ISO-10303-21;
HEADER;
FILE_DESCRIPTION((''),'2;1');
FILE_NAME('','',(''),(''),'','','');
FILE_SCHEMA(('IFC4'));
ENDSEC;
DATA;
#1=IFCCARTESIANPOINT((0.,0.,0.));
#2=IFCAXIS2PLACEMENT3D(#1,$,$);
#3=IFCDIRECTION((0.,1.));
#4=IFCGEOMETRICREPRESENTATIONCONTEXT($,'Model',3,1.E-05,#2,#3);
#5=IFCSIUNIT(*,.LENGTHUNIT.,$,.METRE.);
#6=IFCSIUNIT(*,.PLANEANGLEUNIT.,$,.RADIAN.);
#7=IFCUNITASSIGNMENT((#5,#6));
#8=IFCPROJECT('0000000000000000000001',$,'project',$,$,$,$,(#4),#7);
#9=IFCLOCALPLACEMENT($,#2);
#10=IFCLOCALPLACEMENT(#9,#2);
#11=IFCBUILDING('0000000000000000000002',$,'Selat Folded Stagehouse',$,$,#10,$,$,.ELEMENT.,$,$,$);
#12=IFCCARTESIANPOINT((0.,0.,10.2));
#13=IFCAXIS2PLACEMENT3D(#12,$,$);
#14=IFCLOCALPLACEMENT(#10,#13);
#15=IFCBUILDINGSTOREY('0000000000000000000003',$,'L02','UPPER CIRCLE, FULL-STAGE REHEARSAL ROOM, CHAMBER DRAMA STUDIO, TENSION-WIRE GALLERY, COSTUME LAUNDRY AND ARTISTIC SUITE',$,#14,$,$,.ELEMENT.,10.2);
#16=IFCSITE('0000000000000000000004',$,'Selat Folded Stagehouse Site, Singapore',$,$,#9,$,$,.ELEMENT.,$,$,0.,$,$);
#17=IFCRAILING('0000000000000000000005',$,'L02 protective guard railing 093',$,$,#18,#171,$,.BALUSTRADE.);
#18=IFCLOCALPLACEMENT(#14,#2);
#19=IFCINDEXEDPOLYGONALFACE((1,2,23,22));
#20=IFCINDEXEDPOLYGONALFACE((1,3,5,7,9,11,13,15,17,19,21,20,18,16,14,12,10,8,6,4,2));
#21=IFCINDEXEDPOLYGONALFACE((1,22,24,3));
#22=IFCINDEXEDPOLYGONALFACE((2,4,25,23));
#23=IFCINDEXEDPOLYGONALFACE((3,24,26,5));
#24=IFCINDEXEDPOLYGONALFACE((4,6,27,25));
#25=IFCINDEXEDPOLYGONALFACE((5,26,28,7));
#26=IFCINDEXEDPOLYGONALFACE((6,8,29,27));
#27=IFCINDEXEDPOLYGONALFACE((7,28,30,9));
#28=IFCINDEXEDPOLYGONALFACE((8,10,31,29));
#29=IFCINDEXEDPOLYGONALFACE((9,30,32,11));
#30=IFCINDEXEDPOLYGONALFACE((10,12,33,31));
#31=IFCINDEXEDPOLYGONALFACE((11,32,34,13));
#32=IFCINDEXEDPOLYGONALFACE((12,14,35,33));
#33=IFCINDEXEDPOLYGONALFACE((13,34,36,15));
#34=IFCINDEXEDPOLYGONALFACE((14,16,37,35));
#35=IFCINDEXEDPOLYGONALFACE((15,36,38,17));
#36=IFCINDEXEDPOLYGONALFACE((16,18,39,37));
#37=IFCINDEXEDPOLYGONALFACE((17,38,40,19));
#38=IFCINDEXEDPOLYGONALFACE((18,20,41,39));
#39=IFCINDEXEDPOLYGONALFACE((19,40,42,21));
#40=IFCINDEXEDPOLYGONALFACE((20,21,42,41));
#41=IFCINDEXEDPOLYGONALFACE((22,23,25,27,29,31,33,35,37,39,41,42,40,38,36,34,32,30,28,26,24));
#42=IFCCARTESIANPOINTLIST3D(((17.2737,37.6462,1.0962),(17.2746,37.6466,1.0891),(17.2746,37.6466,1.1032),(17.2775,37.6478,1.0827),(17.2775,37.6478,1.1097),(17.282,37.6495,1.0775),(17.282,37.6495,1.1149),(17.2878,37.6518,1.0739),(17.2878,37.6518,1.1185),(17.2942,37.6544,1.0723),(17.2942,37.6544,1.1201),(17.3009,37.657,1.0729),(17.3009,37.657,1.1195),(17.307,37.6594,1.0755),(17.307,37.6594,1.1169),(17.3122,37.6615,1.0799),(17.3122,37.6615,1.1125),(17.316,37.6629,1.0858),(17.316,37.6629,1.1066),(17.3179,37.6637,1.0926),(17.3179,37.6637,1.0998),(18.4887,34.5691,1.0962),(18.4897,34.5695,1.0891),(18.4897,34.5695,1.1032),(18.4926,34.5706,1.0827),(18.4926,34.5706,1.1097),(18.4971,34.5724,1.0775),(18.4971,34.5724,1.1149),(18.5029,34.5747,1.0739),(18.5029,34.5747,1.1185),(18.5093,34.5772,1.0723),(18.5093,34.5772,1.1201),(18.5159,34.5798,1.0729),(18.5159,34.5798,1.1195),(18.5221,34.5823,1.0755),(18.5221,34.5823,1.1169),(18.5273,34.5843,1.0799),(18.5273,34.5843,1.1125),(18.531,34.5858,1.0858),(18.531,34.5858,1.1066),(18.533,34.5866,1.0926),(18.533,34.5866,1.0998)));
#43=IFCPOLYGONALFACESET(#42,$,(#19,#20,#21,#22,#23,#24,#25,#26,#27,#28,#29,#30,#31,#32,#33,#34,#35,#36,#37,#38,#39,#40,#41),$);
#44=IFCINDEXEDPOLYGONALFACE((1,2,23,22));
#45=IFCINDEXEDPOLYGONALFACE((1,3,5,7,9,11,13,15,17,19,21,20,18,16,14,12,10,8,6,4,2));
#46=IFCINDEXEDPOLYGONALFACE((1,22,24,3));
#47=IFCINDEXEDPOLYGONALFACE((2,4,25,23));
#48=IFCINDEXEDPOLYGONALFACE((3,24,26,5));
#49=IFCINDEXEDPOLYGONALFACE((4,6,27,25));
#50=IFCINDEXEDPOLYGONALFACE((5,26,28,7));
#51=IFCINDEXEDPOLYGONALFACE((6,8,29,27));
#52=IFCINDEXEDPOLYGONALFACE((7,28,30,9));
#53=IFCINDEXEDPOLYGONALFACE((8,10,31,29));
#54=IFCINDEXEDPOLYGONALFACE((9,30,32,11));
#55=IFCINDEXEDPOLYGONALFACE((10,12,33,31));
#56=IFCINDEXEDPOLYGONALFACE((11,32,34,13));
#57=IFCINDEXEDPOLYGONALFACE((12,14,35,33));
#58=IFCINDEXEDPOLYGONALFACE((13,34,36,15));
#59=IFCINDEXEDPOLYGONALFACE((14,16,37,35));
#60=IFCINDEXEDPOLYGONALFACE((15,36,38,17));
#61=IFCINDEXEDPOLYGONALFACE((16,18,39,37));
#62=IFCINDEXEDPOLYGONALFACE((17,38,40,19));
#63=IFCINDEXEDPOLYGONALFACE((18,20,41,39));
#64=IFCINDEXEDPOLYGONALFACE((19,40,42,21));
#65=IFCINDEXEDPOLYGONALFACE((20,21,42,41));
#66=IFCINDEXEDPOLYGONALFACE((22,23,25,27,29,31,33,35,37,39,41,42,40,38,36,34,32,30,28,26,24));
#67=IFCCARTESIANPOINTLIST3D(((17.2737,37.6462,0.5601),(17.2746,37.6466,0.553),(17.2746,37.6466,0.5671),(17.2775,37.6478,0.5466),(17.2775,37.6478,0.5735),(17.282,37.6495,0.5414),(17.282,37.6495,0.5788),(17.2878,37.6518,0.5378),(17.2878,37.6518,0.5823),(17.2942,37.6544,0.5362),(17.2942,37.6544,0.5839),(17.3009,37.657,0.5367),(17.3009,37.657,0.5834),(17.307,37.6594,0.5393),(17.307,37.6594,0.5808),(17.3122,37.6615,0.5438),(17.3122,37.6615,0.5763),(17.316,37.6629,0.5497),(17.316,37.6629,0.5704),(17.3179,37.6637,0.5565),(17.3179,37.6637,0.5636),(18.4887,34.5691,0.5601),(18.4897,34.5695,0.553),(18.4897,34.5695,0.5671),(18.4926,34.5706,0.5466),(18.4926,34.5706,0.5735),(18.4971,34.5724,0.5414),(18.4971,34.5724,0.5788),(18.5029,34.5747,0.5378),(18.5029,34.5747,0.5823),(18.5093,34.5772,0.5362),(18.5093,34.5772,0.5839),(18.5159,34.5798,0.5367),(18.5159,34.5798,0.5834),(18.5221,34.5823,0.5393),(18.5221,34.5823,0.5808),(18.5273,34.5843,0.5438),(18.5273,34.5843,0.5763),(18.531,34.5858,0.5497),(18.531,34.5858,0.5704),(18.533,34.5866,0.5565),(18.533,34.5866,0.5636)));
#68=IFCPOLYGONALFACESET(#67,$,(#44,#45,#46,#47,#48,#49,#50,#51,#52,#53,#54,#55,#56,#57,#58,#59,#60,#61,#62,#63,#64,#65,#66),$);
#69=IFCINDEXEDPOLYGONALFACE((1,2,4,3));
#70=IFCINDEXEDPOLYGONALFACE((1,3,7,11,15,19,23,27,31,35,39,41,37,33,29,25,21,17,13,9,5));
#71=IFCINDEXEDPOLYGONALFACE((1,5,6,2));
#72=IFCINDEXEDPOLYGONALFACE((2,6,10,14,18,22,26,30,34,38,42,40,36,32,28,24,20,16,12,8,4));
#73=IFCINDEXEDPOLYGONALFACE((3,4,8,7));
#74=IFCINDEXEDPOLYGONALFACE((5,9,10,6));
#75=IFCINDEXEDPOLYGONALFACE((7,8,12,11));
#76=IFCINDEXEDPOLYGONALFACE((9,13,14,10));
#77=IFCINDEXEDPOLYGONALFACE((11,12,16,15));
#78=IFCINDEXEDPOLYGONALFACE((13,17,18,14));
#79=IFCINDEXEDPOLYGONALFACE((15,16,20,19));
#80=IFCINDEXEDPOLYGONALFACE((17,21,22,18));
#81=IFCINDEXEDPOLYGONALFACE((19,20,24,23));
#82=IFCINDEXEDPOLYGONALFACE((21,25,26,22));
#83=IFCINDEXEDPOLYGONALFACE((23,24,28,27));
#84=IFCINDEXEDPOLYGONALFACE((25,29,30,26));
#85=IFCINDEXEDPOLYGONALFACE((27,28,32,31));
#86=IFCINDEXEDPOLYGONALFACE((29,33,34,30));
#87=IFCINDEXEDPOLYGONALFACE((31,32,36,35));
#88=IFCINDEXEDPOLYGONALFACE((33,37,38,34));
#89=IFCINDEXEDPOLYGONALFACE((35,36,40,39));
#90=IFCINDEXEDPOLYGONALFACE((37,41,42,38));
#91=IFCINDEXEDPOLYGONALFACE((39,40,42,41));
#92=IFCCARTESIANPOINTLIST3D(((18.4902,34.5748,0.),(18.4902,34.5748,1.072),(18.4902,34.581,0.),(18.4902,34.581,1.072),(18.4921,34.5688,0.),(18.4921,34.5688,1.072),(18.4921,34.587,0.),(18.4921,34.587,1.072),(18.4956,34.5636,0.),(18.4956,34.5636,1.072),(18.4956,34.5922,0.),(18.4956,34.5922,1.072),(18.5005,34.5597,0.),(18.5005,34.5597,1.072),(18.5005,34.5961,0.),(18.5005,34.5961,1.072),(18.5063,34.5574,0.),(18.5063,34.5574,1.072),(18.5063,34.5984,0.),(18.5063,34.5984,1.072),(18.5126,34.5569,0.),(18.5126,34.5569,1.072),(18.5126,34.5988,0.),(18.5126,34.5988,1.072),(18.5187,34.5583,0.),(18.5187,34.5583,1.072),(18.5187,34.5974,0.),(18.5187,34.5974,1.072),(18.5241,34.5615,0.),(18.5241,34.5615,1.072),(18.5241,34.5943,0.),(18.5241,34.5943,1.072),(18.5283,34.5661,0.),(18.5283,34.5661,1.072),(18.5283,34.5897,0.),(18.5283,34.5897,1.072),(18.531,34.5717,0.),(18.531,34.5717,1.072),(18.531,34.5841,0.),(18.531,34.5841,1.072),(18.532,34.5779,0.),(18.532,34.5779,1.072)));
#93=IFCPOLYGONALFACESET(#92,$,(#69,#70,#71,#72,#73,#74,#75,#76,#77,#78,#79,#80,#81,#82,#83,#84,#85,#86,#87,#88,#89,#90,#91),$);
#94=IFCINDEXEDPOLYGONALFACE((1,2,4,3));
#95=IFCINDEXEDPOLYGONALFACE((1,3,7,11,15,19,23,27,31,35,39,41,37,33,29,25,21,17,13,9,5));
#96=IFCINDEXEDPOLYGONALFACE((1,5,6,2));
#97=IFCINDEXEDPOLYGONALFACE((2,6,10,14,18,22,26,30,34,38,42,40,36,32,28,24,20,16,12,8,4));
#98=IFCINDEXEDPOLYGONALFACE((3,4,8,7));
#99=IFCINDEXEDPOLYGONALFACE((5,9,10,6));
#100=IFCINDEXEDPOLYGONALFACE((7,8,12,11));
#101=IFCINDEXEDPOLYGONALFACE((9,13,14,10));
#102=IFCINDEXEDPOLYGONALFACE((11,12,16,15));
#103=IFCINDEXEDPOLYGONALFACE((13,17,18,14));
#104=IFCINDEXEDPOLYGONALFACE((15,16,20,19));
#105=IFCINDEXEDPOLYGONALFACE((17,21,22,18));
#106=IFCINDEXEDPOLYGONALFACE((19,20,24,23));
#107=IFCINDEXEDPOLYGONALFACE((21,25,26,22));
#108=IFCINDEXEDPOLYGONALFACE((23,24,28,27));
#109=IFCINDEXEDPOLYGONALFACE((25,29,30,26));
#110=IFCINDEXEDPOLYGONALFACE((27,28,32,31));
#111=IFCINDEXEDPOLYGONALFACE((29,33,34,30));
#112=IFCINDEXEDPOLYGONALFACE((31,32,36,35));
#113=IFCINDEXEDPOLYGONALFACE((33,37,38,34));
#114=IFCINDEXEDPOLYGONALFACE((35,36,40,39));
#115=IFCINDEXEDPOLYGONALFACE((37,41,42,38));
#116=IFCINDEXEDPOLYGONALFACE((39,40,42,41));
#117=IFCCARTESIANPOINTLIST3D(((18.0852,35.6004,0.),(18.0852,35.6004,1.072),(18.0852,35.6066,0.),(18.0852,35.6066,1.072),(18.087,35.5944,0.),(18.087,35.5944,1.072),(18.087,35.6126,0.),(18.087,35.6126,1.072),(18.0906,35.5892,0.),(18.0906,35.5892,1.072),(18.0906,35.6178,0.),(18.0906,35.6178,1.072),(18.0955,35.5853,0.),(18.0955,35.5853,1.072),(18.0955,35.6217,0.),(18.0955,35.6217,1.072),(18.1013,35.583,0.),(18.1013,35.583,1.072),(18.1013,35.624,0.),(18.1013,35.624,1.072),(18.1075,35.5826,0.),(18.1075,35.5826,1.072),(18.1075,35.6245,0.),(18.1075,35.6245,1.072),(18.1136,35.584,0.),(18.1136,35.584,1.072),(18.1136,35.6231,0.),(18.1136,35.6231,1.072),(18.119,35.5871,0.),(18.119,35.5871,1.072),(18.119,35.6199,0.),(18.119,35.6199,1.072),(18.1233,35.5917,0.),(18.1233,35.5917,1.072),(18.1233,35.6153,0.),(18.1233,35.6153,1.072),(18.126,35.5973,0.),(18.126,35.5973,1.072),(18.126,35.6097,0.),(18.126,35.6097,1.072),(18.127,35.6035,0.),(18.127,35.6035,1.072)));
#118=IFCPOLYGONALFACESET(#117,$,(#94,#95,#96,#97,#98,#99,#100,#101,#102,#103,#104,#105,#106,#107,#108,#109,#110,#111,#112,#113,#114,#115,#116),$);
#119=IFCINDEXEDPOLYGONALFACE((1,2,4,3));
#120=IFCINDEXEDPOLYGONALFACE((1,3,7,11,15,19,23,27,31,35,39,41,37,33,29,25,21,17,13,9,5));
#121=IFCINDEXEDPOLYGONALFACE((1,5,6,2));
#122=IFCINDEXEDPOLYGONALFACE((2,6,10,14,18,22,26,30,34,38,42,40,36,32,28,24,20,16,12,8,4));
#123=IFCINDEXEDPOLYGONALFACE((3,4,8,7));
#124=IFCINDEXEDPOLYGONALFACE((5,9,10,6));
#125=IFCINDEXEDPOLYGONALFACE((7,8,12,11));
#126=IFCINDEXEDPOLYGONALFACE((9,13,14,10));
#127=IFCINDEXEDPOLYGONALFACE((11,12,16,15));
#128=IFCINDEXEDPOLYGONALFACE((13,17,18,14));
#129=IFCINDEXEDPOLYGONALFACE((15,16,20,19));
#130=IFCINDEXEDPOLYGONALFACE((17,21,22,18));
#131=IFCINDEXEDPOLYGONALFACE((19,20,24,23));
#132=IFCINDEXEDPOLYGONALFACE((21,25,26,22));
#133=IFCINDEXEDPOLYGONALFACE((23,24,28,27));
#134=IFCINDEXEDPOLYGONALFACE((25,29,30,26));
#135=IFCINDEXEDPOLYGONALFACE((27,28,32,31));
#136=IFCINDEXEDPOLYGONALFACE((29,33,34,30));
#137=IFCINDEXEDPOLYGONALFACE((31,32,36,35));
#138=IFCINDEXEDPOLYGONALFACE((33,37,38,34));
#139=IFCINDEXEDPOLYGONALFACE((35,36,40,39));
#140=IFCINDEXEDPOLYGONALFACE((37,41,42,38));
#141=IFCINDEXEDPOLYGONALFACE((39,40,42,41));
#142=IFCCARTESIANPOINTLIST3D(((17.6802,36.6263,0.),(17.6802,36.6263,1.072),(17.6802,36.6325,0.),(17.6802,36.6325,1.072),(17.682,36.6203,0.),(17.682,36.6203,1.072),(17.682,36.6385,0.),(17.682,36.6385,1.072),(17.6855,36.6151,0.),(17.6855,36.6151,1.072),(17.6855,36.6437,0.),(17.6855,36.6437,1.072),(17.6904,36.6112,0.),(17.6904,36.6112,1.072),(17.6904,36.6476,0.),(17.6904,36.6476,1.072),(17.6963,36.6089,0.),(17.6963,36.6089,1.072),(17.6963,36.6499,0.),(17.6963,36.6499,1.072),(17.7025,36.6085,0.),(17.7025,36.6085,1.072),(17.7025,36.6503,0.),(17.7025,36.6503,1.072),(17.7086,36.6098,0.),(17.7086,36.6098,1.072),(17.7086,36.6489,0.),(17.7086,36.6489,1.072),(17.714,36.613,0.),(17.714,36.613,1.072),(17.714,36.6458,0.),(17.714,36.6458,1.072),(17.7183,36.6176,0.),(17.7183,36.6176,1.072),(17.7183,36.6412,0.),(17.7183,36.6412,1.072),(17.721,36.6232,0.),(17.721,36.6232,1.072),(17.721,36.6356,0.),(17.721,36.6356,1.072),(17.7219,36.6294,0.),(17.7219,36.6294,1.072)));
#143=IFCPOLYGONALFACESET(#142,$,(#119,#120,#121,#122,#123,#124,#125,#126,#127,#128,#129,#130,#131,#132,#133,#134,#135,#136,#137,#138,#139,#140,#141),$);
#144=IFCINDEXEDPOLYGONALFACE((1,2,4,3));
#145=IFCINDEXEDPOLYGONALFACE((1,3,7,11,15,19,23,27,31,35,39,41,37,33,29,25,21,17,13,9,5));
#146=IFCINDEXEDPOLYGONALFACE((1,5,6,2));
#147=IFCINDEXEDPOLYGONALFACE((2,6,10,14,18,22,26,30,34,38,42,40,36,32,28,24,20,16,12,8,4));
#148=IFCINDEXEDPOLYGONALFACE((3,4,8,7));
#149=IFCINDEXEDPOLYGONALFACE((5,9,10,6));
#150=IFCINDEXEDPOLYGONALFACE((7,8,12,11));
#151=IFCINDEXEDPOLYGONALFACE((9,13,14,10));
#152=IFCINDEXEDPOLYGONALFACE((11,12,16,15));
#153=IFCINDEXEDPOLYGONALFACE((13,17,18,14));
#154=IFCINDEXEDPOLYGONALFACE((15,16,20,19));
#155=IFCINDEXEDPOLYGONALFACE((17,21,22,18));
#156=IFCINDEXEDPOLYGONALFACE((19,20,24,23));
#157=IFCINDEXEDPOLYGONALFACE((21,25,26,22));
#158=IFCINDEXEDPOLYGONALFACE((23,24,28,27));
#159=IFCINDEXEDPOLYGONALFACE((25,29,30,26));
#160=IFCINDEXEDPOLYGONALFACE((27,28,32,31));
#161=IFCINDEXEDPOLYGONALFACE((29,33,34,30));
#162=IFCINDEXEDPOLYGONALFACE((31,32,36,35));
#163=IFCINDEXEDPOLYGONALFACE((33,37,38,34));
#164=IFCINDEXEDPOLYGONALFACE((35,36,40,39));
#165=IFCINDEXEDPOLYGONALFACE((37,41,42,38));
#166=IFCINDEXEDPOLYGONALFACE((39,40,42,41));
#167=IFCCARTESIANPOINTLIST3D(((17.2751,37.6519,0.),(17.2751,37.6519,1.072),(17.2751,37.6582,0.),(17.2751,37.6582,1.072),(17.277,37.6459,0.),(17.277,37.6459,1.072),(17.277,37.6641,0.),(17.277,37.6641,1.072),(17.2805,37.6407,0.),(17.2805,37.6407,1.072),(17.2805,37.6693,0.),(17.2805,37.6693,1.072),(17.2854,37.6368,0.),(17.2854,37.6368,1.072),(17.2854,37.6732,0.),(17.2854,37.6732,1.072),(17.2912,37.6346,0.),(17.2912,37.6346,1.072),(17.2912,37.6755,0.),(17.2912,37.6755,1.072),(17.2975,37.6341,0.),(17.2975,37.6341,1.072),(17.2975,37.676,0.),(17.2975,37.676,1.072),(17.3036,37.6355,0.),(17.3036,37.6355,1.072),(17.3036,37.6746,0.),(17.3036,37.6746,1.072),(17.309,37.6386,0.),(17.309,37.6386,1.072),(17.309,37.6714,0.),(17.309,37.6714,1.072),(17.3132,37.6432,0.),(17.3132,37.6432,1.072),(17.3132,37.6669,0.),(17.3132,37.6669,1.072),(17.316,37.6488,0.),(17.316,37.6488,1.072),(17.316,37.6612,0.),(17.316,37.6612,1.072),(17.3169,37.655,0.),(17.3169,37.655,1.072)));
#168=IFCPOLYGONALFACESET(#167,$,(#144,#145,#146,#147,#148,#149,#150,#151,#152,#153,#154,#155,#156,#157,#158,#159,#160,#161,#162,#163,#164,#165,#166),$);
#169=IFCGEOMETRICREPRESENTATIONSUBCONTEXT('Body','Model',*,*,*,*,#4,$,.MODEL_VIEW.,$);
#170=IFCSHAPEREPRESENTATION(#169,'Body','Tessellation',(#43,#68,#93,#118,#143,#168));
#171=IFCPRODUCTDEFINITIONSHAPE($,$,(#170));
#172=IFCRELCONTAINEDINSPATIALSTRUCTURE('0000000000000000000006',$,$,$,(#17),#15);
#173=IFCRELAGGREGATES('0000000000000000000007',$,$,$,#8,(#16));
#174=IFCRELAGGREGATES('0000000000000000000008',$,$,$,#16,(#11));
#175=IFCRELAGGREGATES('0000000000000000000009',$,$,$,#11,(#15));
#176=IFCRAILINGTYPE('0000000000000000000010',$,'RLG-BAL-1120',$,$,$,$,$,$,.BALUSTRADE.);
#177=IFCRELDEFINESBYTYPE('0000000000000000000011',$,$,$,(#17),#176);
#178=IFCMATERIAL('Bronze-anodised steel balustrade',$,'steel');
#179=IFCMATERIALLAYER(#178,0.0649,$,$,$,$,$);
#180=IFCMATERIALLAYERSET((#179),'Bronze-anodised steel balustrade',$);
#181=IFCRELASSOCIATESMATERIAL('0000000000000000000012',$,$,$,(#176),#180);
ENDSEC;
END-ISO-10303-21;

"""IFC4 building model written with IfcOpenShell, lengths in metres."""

from ifc_helpers import new_model, si_unit, direction, frame, origin, origin_2d, place, context, subcontext, project, spatial, circle, extrude, material, layer, layer_set, type_object, element, save


model = new_model("IFC4")

# Units and contexts
model_context = context("Model", 3, precision=1e-05, world=origin(), true_north=direction((0.0, 1.0)))
body_context = subcontext(model_context, "Body", "Model", "MODEL_VIEW")
ifc_project = project(units=[si_unit("LENGTHUNIT", "METRE"), si_unit("PLANEANGLEUNIT", "RADIAN")], contexts=[model_context])

# Site, building, storey
site_placement = place(None, origin())
site = spatial("IfcSite", under=ifc_project, at=site_placement, Name="Selat Folded Stagehouse Site, Singapore", CompositionType="ELEMENT", RefElevation=0.0)
building_placement = place(site_placement, origin())
building = spatial("IfcBuilding", under=site, at=building_placement, Name="Selat Folded Stagehouse", CompositionType="ELEMENT")
storey_placement = place(building_placement, frame((0.0, 0.0, 10.2)))
storey = spatial("IfcBuildingStorey", under=building, at=storey_placement, Name="L02", Description="UPPER CIRCLE, FULL-STAGE REHEARSAL ROOM, CHAMBER DRAMA STUDIO, TENSION-WIRE GALLERY, COSTUME LAUNDRY AND ARTISTIC SUITE", CompositionType="ELEMENT", Elevation=10.2)

# Railing
ifc_material_1 = material(Name="Bronze-anodised steel balustrade", Category="steel")
ifc_layer_1 = layer(ifc_material_1, 0.0649)
ifc_layer_set_1 = layer_set([ifc_layer_1], Name="Bronze-anodised steel balustrade")
railing_type = type_object("IfcRailingType", Name="RLG-BAL-1120", PredefinedType="BALUSTRADE", material=ifc_layer_set_1)
railing_1_placement = place(storey_placement, frame((18.511, 34.5779, 0.0)))
element("IfcRailing", 1, at=railing_1_placement, inside=storey, type_object=railing_type, Name="L02 protective guard railing 093", PredefinedType="BALUSTRADE", context=body_context, shape_type="SweptSolid", body=[
    extrude(circle(Radius=0.0239, at=origin_2d()), frame((0.0, 0.0, 1.0962), z_axis=(-0.367277, 0.930111, 0.0), x_axis=(-0.930111, -0.367277, 0.0)), (0.0, 0.0, 1.0), 3.3083),
    extrude(circle(Radius=0.0239, at=origin_2d()), frame((0.0, 0.0, 0.5601), z_axis=(-0.367277, 0.930111, 0.0), x_axis=(-0.930111, -0.367277, 0.0)), (0.0, 0.0, 1.0), 3.3083),
    extrude(circle(Radius=0.021, at=origin_2d()), origin(), (0.0, 0.0, 1.0), 1.072),
    extrude(circle(Radius=0.021, at=origin_2d()), frame((-0.405, 1.0256, 0.0)), (0.0, 0.0, 1.0), 1.072),
    extrude(circle(Radius=0.021, at=origin_2d()), frame((-0.8101, 2.0515, 0.0)), (0.0, 0.0, 1.0), 1.072),
    extrude(circle(Radius=0.021, at=origin_2d()), frame((-1.2151, 3.0771, 0.0)), (0.0, 0.0, 1.0), 1.072),
])

save(model, "model.ifc")
